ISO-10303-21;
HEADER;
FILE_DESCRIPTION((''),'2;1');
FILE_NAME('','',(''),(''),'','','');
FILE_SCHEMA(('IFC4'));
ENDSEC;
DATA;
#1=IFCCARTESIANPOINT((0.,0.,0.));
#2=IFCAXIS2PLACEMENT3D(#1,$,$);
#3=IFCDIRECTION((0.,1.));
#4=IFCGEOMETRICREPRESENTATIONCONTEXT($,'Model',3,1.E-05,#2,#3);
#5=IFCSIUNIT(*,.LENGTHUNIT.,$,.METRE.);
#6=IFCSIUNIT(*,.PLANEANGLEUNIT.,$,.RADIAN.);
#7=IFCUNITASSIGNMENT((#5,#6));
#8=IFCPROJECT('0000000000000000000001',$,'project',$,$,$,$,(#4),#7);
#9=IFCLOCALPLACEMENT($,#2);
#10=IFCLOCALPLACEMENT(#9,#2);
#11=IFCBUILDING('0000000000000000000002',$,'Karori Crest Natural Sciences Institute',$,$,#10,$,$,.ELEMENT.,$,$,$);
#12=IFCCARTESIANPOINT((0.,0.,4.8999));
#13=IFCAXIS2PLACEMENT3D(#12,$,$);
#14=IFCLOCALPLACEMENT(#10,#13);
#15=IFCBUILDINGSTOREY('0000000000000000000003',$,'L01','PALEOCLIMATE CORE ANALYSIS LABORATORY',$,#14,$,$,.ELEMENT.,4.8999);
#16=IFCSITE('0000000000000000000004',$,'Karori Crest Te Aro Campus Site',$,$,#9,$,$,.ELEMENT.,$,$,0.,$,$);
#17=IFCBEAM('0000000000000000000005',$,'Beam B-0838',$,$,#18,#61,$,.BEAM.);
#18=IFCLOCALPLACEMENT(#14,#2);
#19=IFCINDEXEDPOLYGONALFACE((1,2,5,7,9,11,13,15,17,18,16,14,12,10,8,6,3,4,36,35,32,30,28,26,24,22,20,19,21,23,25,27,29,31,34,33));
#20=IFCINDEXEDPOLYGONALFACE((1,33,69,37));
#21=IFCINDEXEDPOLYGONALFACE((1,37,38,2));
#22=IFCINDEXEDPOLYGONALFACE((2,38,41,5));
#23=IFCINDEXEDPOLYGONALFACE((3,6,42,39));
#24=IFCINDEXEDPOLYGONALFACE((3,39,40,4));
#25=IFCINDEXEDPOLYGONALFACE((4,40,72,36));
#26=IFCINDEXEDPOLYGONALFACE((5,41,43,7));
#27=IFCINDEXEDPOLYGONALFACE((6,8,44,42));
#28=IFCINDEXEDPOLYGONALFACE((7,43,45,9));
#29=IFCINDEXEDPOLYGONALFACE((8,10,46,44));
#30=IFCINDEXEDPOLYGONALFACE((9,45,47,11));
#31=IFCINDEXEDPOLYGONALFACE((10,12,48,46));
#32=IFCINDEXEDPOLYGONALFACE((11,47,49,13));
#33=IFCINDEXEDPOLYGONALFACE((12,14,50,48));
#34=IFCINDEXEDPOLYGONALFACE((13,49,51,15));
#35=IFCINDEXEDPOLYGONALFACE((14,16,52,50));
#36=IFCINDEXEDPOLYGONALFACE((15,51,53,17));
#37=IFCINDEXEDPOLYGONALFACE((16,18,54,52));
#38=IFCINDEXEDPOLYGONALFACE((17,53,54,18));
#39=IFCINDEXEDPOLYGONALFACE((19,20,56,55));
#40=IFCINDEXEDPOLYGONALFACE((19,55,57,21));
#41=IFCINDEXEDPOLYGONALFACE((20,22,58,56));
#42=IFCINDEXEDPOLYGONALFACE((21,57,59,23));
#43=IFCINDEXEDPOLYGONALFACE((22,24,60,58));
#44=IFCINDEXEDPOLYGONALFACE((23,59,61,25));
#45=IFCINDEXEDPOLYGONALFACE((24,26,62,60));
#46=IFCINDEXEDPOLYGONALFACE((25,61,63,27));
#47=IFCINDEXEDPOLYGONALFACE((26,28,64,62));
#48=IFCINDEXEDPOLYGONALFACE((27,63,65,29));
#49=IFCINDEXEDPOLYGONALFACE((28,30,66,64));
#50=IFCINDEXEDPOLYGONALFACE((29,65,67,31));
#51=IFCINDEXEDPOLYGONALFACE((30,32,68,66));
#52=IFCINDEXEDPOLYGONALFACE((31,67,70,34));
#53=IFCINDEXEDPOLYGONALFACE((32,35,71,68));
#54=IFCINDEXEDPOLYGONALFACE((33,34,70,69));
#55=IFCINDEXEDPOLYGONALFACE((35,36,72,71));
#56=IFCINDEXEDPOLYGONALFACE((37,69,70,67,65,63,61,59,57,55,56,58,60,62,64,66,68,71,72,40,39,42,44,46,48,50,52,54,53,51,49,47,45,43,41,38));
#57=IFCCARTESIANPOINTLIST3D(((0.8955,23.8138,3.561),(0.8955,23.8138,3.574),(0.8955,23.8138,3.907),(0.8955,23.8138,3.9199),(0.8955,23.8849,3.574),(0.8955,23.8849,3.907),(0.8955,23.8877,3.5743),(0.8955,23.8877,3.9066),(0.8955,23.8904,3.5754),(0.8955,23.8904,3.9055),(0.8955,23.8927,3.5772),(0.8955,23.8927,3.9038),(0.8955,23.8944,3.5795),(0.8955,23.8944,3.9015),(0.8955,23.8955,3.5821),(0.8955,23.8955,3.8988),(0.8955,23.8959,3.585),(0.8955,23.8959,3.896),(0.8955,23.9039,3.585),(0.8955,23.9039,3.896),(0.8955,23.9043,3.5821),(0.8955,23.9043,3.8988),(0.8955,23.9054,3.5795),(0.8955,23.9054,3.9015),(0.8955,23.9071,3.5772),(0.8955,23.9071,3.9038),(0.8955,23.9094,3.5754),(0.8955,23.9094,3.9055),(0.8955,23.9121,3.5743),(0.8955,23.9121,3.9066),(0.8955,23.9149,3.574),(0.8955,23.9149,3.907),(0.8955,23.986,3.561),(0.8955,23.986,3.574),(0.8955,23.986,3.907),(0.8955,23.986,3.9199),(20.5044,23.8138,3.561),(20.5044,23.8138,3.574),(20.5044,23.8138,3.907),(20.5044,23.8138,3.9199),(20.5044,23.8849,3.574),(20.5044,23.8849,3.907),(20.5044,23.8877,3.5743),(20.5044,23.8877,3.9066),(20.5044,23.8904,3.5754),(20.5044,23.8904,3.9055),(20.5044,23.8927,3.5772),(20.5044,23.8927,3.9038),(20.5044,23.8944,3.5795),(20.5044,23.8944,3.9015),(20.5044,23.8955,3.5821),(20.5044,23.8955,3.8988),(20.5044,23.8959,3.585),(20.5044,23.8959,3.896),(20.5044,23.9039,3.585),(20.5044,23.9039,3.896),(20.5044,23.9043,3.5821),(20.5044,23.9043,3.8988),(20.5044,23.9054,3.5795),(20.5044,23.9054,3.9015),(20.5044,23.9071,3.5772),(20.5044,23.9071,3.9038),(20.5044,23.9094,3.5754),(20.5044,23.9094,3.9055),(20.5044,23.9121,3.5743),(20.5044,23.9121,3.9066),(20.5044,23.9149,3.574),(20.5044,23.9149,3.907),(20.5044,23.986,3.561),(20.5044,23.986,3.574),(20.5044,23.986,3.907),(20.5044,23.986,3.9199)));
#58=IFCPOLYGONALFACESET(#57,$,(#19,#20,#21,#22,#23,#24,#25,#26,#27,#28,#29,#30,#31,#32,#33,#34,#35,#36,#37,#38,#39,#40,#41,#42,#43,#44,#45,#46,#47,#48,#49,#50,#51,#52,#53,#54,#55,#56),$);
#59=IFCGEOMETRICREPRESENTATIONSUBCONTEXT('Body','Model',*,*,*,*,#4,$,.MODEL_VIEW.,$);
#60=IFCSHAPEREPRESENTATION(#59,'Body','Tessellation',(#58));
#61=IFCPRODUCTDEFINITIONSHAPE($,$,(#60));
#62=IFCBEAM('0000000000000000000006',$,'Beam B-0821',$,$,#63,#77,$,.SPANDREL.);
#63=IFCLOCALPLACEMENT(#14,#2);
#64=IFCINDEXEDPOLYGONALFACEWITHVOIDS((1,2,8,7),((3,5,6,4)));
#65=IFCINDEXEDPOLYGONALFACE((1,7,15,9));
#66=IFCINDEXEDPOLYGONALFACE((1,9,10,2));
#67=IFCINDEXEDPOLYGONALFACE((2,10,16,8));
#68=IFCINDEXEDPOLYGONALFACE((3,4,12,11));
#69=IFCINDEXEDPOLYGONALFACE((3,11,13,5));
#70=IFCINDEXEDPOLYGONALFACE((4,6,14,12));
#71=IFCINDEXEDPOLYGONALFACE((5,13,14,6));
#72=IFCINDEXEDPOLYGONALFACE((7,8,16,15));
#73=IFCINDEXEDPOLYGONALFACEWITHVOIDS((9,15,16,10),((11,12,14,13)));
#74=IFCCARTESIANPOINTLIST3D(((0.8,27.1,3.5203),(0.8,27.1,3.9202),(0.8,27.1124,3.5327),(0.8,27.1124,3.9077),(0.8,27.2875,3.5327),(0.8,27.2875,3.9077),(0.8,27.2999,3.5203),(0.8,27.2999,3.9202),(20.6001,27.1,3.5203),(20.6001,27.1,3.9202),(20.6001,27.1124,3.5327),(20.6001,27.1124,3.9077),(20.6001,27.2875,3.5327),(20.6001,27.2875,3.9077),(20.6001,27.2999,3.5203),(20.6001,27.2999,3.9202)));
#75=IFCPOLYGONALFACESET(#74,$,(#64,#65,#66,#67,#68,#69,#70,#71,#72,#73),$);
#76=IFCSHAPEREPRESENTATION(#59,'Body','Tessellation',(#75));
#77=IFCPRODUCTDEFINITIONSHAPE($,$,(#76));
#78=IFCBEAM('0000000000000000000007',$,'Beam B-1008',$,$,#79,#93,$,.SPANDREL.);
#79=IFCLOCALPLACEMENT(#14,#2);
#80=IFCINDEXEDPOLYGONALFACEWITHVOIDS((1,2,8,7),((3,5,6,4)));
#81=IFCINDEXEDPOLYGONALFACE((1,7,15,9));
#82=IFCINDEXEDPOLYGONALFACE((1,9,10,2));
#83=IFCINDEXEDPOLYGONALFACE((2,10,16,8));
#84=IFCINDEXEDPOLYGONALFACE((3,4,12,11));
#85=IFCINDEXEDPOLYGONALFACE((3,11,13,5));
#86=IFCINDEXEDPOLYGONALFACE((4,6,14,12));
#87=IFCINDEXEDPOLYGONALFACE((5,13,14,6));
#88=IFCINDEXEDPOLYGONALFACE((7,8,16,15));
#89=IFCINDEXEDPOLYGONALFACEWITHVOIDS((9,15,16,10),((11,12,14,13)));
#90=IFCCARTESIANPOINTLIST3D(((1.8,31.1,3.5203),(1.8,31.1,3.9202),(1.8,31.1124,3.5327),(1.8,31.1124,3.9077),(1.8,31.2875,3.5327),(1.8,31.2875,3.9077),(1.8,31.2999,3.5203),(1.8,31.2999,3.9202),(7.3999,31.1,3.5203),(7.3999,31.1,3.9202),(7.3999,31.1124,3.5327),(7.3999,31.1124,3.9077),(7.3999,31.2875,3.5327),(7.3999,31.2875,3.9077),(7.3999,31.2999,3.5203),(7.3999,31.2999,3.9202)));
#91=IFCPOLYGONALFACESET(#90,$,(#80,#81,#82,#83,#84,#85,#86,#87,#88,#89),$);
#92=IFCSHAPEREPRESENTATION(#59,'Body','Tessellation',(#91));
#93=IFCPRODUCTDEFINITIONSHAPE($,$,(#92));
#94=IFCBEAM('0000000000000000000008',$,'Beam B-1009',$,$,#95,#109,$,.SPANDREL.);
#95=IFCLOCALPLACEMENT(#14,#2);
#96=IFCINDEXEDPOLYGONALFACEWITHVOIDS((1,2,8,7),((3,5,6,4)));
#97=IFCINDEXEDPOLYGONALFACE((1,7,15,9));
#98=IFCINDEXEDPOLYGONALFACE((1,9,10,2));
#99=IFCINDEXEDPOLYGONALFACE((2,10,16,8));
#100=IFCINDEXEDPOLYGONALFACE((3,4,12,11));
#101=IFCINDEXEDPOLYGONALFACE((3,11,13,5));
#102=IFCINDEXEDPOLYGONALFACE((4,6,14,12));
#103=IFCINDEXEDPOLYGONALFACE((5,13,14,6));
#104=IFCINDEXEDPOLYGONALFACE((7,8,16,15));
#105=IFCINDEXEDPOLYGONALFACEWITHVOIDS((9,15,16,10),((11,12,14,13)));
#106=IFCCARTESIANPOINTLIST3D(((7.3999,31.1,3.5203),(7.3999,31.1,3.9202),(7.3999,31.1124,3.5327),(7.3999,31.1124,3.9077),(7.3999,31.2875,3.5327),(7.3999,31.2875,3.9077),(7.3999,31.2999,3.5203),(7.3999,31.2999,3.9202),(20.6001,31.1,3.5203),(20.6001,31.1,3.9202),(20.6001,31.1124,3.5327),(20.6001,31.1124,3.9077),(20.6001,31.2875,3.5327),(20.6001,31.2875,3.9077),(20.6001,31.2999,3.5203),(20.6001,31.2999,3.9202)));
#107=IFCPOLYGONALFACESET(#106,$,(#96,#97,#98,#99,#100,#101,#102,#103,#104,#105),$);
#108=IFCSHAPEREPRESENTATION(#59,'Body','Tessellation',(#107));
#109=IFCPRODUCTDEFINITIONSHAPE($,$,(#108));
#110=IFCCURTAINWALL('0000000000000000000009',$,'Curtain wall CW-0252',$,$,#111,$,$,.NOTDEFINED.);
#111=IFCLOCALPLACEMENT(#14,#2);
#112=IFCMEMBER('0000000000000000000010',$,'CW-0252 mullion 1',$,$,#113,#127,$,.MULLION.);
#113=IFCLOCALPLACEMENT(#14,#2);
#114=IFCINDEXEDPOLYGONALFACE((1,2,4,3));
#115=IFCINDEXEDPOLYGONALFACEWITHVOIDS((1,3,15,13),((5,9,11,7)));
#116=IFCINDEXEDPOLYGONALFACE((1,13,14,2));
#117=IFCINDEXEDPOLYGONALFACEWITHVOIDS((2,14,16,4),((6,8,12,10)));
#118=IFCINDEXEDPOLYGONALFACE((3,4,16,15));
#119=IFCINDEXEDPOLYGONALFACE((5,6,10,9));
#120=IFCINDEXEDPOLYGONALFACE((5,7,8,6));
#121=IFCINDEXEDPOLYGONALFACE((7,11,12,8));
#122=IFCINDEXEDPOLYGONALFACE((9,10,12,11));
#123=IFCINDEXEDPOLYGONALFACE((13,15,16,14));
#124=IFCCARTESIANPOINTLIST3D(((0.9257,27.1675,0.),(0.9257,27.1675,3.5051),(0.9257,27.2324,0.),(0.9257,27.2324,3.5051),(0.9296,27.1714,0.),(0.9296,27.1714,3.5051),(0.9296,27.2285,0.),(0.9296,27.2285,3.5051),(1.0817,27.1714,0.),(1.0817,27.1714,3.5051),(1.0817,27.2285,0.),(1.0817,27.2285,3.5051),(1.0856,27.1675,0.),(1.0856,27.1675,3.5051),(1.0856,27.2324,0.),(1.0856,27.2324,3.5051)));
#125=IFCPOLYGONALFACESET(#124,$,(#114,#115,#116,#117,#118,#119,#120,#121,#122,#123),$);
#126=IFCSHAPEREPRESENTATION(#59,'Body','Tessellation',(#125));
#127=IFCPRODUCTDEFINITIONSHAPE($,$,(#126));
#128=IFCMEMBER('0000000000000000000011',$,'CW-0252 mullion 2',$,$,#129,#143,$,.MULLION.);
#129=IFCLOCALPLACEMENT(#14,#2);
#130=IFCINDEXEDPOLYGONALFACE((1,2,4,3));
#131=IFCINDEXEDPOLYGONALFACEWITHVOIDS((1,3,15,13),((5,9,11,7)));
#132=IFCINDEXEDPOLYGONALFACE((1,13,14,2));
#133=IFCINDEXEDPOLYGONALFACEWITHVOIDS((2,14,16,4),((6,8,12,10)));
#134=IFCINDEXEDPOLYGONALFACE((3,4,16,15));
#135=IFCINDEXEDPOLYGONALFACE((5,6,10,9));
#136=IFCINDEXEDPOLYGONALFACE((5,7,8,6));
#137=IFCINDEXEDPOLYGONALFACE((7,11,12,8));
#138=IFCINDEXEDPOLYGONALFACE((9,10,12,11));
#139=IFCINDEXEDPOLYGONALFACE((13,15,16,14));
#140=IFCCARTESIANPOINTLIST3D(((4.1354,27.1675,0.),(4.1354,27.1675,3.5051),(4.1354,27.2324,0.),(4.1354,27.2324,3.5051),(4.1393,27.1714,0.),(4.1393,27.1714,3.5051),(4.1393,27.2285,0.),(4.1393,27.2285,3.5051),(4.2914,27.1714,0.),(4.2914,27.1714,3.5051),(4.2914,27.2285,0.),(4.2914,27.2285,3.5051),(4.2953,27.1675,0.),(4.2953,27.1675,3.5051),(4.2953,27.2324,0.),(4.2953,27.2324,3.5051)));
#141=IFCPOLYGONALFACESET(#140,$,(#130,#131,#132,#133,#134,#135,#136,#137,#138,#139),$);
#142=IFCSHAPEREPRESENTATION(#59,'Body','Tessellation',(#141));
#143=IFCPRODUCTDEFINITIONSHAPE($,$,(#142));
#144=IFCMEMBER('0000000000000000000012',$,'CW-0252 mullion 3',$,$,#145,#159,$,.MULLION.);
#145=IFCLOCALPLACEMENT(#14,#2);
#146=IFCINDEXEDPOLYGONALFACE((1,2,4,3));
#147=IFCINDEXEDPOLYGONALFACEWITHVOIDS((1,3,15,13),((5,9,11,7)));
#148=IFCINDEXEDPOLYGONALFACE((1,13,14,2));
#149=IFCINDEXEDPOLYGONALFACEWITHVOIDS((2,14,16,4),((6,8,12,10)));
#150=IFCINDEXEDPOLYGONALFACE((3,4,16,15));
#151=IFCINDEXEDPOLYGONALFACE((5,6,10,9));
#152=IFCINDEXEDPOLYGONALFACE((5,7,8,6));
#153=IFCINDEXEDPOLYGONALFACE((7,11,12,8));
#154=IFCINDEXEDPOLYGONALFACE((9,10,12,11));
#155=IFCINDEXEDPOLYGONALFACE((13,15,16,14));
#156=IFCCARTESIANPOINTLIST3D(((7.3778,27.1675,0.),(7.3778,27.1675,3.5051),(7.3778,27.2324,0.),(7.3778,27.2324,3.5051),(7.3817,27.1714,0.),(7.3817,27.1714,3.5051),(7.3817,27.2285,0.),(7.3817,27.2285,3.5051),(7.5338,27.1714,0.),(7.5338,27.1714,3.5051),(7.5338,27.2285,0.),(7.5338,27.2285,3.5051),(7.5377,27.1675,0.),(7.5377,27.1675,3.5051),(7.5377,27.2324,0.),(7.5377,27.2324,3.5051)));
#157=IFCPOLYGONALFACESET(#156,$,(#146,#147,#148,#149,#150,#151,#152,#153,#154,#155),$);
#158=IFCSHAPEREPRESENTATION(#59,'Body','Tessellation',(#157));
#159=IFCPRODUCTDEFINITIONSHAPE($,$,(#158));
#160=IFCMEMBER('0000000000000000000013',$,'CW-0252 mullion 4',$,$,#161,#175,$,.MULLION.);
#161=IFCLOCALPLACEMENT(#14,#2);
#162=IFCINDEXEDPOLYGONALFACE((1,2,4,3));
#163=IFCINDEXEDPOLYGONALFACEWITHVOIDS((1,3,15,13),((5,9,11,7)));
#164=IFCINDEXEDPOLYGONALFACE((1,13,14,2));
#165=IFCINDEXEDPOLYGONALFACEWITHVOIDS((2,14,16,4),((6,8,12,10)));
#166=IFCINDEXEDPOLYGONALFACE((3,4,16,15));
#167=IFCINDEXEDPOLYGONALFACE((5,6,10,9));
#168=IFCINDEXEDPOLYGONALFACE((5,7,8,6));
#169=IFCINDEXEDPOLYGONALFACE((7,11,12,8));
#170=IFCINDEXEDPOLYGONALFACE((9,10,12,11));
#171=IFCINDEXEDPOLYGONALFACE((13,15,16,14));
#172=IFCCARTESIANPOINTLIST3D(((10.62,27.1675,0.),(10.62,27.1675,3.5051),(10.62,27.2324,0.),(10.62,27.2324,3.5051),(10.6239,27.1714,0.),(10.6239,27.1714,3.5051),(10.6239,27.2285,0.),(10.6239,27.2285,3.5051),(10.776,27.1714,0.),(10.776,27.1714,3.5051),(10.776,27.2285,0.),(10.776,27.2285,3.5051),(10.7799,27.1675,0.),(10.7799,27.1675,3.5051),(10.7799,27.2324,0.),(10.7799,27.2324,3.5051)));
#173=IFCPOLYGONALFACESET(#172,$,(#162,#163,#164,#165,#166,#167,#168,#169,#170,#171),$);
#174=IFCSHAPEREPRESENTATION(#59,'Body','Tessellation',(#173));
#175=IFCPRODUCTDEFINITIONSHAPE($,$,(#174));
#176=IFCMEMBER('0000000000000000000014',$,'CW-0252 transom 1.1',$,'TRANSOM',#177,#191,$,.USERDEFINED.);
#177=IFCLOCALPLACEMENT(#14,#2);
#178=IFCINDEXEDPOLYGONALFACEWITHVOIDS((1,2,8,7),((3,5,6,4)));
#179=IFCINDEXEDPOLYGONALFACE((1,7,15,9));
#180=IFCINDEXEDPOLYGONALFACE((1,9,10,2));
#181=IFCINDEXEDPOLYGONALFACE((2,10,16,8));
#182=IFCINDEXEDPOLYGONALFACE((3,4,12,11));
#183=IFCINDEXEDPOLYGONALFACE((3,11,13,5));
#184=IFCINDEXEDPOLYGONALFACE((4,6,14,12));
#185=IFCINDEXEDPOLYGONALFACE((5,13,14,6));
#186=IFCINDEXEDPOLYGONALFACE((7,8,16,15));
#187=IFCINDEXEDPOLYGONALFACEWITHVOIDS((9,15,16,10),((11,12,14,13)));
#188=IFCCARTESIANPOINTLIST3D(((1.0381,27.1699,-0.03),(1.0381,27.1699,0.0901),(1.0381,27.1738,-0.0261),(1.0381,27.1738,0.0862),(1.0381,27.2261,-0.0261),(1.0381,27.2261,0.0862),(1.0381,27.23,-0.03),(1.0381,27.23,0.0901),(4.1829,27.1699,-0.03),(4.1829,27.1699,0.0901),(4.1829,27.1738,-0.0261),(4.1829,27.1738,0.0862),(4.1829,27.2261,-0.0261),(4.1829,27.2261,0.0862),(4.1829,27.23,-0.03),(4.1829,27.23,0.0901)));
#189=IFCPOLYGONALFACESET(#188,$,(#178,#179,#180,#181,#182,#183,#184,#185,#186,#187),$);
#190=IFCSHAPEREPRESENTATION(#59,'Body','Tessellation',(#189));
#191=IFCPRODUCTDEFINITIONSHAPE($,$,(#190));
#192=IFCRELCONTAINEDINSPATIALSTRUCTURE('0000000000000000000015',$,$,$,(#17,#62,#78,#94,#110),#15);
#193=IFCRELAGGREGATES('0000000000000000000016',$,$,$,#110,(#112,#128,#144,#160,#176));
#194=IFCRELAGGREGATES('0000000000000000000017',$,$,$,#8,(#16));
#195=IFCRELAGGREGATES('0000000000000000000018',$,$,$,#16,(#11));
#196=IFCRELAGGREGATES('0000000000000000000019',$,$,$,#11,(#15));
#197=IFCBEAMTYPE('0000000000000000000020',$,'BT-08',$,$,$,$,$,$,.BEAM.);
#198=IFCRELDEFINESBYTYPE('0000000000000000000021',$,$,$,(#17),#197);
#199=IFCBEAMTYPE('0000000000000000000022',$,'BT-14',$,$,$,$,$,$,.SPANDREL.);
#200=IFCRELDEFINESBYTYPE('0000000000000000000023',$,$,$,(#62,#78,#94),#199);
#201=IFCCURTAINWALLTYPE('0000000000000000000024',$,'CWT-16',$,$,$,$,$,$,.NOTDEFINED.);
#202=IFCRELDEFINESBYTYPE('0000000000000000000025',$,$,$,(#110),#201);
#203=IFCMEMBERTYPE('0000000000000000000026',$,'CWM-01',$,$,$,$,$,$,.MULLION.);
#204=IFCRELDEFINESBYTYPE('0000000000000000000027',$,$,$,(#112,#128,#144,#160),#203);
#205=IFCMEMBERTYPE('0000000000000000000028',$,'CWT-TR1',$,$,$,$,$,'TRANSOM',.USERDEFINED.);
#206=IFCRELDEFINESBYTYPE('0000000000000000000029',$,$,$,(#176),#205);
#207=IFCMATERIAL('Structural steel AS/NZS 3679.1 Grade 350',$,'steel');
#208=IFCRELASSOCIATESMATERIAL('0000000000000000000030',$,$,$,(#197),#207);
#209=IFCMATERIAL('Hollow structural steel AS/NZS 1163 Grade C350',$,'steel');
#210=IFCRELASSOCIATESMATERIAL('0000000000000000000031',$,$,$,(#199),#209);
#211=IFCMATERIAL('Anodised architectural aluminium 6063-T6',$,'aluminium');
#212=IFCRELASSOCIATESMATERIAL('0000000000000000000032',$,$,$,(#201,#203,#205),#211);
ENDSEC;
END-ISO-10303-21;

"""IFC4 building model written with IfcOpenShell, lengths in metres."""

from ifc_helpers import new_model, si_unit, direction, frame, origin, origin_2d, place, context, subcontext, project, spatial, hollow_rectangle, i_section, extrude, material, material_profile, profile_set, type_object, element, aggregate, save


model = new_model("IFC4")

# Units and contexts
model_context = context("Model", 3, precision=1e-05, world=origin(), true_north=direction((0.0, 1.0)))
body_context = subcontext(model_context, "Body", "Model", "MODEL_VIEW")
ifc_project = project(units=[si_unit("LENGTHUNIT", "METRE"), si_unit("PLANEANGLEUNIT", "RADIAN")], contexts=[model_context])

# Site, building, storey
site_placement = place(None, origin())
site = spatial("IfcSite", under=ifc_project, at=site_placement, Name="Karori Crest Te Aro Campus Site", CompositionType="ELEMENT", RefElevation=0.0)
building_placement = place(site_placement, origin())
building = spatial("IfcBuilding", under=site, at=building_placement, Name="Karori Crest Natural Sciences Institute", CompositionType="ELEMENT")
storey_placement = place(building_placement, frame((0.0, 0.0, 4.8999)))
storey = spatial("IfcBuildingStorey", under=building, at=storey_placement, Name="L01", Description="PALEOCLIMATE CORE ANALYSIS LABORATORY", CompositionType="ELEMENT", Elevation=4.8999)

# Shared definitions
ifc_material_1 = material(Name="Structural steel AS/NZS 3679.1 Grade 350", Category="steel")
ifc_material_2 = material(Name="Hollow structural steel AS/NZS 1163 Grade C350", Category="steel")

# Beams
ifc_material_profile_1 = material_profile(ifc_material_1, i_section(OverallWidth=0.1721, OverallDepth=0.3589, WebThickness=0.0081, FlangeThickness=0.0129, FilletRadius=0.011, at=origin_2d()), Name="360UB56.7")
ifc_profile_set_1 = profile_set([ifc_material_profile_1], Name="Structural steel AS/NZS 3679.1 Grade 350")
beam_type_1 = type_object("IfcBeamType", Name="BT-08", PredefinedType="BEAM", material=ifc_profile_set_1)
for number, where, z_axis, x_axis, name in (
    (1, (0.8955, 23.8999, 3.7405), (1.0, 0.0, 0.0), (0.0, 1.0, 0.0), "Beam B-0838"),
):
    element("IfcBeam", number, at=place(storey_placement, frame(where, z_axis=z_axis, x_axis=x_axis)), inside=storey, type_object=beam_type_1, Name=name, PredefinedType="BEAM", context=body_context, shape_type="SweptSolid", body=[
        extrude(i_section(OverallWidth=0.1721, OverallDepth=0.3589, WebThickness=0.0081, FlangeThickness=0.0129, FilletRadius=0.011, at=origin_2d()), origin(), (0.0, 0.0, 1.0), 19.6089),
    ])
ifc_material_profile_2 = material_profile(ifc_material_2, hollow_rectangle(XDim=0.2, YDim=0.3999, WallThickness=0.0125, at=origin_2d()), Name="RHS400x200x12.5")
ifc_profile_set_2 = profile_set([ifc_material_profile_2], Name="Hollow structural steel AS/NZS 1163 Grade C350")
beam_type_2 = type_object("IfcBeamType", Name="BT-14", PredefinedType="SPANDREL", material=ifc_profile_set_2)
beam_1_placement = place(storey_placement, frame((0.8, 27.2, 3.7202), z_axis=(1.0, 0.0, 0.0), x_axis=(0.0, 1.0, 0.0)))
element("IfcBeam", 2, at=beam_1_placement, inside=storey, type_object=beam_type_2, Name="Beam B-0821", PredefinedType="SPANDREL", context=body_context, shape_type="SweptSolid", body=[
    extrude(hollow_rectangle(XDim=0.2, YDim=0.3999, WallThickness=0.0125, at=origin_2d()), origin(), (0.0, 0.0, 1.0), 19.8),
])
beam_2_placement = place(storey_placement, frame((1.8, 31.2, 3.7202), z_axis=(1.0, 0.0, 0.0), x_axis=(0.0, 1.0, 0.0)))
element("IfcBeam", 3, at=beam_2_placement, inside=storey, type_object=beam_type_2, Name="Beam B-1008", PredefinedType="SPANDREL", context=body_context, shape_type="SweptSolid", body=[
    extrude(hollow_rectangle(XDim=0.2, YDim=0.3999, WallThickness=0.0125, at=origin_2d()), origin(), (0.0, 0.0, 1.0), 5.5999),
])
beam_3_placement = place(storey_placement, frame((7.3999, 31.2, 3.7202), z_axis=(1.0, 0.0, 0.0), x_axis=(0.0, 1.0, 0.0)))
element("IfcBeam", 4, at=beam_3_placement, inside=storey, type_object=beam_type_2, Name="Beam B-1009", PredefinedType="SPANDREL", context=body_context, shape_type="SweptSolid", body=[
    extrude(hollow_rectangle(XDim=0.2, YDim=0.3999, WallThickness=0.0125, at=origin_2d()), origin(), (0.0, 0.0, 1.0), 13.2002),
])

# Curtain wall, members
ifc_material_3 = material(Name="Anodised architectural aluminium 6063-T6", Category="aluminium")
curtain_wall_type = type_object("IfcCurtainWallType", Name="CWT-16", PredefinedType="NOTDEFINED", material=ifc_material_3)
curtain_wall_placement = place(storey_placement, origin())
curtain_wall = element("IfcCurtainWall", 5, at=curtain_wall_placement, inside=storey, type_object=curtain_wall_type, Name="Curtain wall CW-0252", PredefinedType="NOTDEFINED")
ifc_material_profile_3 = material_profile(ifc_material_3, hollow_rectangle(XDim=0.0649, YDim=0.1599, WallThickness=0.0039, at=origin_2d()), Name="CWM160x65x4")
ifc_profile_set_3 = profile_set([ifc_material_profile_3], Name="Anodised architectural aluminium 6063-T6")
member_type_1 = type_object("IfcMemberType", Name="CWM-01", PredefinedType="MULLION", material=ifc_profile_set_3)
member_1_placement = place(storey_placement, frame((1.0056, 27.2, 0.0), z_axis=(0.0, 0.0, 1.0), x_axis=(0.0, 1.0, 0.0)))
member_1 = element("IfcMember", 6, at=member_1_placement, type_object=member_type_1, Name="CW-0252 mullion 1", PredefinedType="MULLION", context=body_context, shape_type="SweptSolid", body=[
    extrude(hollow_rectangle(XDim=0.0649, YDim=0.1599, WallThickness=0.0039, at=origin_2d()), origin(), (0.0, 0.0, 1.0), 3.5051),
])
member_2_placement = place(storey_placement, frame((4.2153, 27.2, 0.0), z_axis=(0.0, 0.0, 1.0), x_axis=(0.0, 1.0, 0.0)))
member_2 = element("IfcMember", 7, at=member_2_placement, type_object=member_type_1, Name="CW-0252 mullion 2", PredefinedType="MULLION", context=body_context, shape_type="SweptSolid", body=[
    extrude(hollow_rectangle(XDim=0.0649, YDim=0.1599, WallThickness=0.0039, at=origin_2d()), origin(), (0.0, 0.0, 1.0), 3.5051),
])
member_3_placement = place(storey_placement, frame((7.4578, 27.2, 0.0), z_axis=(0.0, 0.0, 1.0), x_axis=(0.0, 1.0, 0.0)))
member_3 = element("IfcMember", 8, at=member_3_placement, type_object=member_type_1, Name="CW-0252 mullion 3", PredefinedType="MULLION", context=body_context, shape_type="SweptSolid", body=[
    extrude(hollow_rectangle(XDim=0.0649, YDim=0.1599, WallThickness=0.0039, at=origin_2d()), origin(), (0.0, 0.0, 1.0), 3.5051),
])
member_4_placement = place(storey_placement, frame((10.7, 27.2, 0.0), z_axis=(0.0, 0.0, 1.0), x_axis=(0.0, 1.0, 0.0)))
member_4 = element("IfcMember", 9, at=member_4_placement, type_object=member_type_1, Name="CW-0252 mullion 4", PredefinedType="MULLION", context=body_context, shape_type="SweptSolid", body=[
    extrude(hollow_rectangle(XDim=0.0649, YDim=0.1599, WallThickness=0.0039, at=origin_2d()), origin(), (0.0, 0.0, 1.0), 3.5051),
])
ifc_material_profile_4 = material_profile(ifc_material_3, hollow_rectangle(XDim=0.0601, YDim=0.1201, WallThickness=0.0039, at=origin_2d()), Name="CWT120x60x4")
ifc_profile_set_4 = profile_set([ifc_material_profile_4], Name="Anodised architectural aluminium 6063-T6")
member_type_2 = type_object("IfcMemberType", Name="CWT-TR1", ElementType="TRANSOM", PredefinedType="USERDEFINED", material=ifc_profile_set_4)
member_5_placement = place(storey_placement, frame((1.0381, 27.2, 0.03), z_axis=(1.0, 0.0, 0.0), x_axis=(0.0, 1.0, 0.0)))
member_5 = element("IfcMember", 10, at=member_5_placement, type_object=member_type_2, Name="CW-0252 transom 1.1", ObjectType="TRANSOM", PredefinedType="USERDEFINED", context=body_context, shape_type="SweptSolid", body=[
    extrude(hollow_rectangle(XDim=0.0601, YDim=0.1201, WallThickness=0.0039, at=origin_2d()), origin(), (0.0, 0.0, 1.0), 3.1448),
])

aggregate(curtain_wall, [member_1, member_2, member_3, member_4, member_5])

save(model, "model.ifc")
